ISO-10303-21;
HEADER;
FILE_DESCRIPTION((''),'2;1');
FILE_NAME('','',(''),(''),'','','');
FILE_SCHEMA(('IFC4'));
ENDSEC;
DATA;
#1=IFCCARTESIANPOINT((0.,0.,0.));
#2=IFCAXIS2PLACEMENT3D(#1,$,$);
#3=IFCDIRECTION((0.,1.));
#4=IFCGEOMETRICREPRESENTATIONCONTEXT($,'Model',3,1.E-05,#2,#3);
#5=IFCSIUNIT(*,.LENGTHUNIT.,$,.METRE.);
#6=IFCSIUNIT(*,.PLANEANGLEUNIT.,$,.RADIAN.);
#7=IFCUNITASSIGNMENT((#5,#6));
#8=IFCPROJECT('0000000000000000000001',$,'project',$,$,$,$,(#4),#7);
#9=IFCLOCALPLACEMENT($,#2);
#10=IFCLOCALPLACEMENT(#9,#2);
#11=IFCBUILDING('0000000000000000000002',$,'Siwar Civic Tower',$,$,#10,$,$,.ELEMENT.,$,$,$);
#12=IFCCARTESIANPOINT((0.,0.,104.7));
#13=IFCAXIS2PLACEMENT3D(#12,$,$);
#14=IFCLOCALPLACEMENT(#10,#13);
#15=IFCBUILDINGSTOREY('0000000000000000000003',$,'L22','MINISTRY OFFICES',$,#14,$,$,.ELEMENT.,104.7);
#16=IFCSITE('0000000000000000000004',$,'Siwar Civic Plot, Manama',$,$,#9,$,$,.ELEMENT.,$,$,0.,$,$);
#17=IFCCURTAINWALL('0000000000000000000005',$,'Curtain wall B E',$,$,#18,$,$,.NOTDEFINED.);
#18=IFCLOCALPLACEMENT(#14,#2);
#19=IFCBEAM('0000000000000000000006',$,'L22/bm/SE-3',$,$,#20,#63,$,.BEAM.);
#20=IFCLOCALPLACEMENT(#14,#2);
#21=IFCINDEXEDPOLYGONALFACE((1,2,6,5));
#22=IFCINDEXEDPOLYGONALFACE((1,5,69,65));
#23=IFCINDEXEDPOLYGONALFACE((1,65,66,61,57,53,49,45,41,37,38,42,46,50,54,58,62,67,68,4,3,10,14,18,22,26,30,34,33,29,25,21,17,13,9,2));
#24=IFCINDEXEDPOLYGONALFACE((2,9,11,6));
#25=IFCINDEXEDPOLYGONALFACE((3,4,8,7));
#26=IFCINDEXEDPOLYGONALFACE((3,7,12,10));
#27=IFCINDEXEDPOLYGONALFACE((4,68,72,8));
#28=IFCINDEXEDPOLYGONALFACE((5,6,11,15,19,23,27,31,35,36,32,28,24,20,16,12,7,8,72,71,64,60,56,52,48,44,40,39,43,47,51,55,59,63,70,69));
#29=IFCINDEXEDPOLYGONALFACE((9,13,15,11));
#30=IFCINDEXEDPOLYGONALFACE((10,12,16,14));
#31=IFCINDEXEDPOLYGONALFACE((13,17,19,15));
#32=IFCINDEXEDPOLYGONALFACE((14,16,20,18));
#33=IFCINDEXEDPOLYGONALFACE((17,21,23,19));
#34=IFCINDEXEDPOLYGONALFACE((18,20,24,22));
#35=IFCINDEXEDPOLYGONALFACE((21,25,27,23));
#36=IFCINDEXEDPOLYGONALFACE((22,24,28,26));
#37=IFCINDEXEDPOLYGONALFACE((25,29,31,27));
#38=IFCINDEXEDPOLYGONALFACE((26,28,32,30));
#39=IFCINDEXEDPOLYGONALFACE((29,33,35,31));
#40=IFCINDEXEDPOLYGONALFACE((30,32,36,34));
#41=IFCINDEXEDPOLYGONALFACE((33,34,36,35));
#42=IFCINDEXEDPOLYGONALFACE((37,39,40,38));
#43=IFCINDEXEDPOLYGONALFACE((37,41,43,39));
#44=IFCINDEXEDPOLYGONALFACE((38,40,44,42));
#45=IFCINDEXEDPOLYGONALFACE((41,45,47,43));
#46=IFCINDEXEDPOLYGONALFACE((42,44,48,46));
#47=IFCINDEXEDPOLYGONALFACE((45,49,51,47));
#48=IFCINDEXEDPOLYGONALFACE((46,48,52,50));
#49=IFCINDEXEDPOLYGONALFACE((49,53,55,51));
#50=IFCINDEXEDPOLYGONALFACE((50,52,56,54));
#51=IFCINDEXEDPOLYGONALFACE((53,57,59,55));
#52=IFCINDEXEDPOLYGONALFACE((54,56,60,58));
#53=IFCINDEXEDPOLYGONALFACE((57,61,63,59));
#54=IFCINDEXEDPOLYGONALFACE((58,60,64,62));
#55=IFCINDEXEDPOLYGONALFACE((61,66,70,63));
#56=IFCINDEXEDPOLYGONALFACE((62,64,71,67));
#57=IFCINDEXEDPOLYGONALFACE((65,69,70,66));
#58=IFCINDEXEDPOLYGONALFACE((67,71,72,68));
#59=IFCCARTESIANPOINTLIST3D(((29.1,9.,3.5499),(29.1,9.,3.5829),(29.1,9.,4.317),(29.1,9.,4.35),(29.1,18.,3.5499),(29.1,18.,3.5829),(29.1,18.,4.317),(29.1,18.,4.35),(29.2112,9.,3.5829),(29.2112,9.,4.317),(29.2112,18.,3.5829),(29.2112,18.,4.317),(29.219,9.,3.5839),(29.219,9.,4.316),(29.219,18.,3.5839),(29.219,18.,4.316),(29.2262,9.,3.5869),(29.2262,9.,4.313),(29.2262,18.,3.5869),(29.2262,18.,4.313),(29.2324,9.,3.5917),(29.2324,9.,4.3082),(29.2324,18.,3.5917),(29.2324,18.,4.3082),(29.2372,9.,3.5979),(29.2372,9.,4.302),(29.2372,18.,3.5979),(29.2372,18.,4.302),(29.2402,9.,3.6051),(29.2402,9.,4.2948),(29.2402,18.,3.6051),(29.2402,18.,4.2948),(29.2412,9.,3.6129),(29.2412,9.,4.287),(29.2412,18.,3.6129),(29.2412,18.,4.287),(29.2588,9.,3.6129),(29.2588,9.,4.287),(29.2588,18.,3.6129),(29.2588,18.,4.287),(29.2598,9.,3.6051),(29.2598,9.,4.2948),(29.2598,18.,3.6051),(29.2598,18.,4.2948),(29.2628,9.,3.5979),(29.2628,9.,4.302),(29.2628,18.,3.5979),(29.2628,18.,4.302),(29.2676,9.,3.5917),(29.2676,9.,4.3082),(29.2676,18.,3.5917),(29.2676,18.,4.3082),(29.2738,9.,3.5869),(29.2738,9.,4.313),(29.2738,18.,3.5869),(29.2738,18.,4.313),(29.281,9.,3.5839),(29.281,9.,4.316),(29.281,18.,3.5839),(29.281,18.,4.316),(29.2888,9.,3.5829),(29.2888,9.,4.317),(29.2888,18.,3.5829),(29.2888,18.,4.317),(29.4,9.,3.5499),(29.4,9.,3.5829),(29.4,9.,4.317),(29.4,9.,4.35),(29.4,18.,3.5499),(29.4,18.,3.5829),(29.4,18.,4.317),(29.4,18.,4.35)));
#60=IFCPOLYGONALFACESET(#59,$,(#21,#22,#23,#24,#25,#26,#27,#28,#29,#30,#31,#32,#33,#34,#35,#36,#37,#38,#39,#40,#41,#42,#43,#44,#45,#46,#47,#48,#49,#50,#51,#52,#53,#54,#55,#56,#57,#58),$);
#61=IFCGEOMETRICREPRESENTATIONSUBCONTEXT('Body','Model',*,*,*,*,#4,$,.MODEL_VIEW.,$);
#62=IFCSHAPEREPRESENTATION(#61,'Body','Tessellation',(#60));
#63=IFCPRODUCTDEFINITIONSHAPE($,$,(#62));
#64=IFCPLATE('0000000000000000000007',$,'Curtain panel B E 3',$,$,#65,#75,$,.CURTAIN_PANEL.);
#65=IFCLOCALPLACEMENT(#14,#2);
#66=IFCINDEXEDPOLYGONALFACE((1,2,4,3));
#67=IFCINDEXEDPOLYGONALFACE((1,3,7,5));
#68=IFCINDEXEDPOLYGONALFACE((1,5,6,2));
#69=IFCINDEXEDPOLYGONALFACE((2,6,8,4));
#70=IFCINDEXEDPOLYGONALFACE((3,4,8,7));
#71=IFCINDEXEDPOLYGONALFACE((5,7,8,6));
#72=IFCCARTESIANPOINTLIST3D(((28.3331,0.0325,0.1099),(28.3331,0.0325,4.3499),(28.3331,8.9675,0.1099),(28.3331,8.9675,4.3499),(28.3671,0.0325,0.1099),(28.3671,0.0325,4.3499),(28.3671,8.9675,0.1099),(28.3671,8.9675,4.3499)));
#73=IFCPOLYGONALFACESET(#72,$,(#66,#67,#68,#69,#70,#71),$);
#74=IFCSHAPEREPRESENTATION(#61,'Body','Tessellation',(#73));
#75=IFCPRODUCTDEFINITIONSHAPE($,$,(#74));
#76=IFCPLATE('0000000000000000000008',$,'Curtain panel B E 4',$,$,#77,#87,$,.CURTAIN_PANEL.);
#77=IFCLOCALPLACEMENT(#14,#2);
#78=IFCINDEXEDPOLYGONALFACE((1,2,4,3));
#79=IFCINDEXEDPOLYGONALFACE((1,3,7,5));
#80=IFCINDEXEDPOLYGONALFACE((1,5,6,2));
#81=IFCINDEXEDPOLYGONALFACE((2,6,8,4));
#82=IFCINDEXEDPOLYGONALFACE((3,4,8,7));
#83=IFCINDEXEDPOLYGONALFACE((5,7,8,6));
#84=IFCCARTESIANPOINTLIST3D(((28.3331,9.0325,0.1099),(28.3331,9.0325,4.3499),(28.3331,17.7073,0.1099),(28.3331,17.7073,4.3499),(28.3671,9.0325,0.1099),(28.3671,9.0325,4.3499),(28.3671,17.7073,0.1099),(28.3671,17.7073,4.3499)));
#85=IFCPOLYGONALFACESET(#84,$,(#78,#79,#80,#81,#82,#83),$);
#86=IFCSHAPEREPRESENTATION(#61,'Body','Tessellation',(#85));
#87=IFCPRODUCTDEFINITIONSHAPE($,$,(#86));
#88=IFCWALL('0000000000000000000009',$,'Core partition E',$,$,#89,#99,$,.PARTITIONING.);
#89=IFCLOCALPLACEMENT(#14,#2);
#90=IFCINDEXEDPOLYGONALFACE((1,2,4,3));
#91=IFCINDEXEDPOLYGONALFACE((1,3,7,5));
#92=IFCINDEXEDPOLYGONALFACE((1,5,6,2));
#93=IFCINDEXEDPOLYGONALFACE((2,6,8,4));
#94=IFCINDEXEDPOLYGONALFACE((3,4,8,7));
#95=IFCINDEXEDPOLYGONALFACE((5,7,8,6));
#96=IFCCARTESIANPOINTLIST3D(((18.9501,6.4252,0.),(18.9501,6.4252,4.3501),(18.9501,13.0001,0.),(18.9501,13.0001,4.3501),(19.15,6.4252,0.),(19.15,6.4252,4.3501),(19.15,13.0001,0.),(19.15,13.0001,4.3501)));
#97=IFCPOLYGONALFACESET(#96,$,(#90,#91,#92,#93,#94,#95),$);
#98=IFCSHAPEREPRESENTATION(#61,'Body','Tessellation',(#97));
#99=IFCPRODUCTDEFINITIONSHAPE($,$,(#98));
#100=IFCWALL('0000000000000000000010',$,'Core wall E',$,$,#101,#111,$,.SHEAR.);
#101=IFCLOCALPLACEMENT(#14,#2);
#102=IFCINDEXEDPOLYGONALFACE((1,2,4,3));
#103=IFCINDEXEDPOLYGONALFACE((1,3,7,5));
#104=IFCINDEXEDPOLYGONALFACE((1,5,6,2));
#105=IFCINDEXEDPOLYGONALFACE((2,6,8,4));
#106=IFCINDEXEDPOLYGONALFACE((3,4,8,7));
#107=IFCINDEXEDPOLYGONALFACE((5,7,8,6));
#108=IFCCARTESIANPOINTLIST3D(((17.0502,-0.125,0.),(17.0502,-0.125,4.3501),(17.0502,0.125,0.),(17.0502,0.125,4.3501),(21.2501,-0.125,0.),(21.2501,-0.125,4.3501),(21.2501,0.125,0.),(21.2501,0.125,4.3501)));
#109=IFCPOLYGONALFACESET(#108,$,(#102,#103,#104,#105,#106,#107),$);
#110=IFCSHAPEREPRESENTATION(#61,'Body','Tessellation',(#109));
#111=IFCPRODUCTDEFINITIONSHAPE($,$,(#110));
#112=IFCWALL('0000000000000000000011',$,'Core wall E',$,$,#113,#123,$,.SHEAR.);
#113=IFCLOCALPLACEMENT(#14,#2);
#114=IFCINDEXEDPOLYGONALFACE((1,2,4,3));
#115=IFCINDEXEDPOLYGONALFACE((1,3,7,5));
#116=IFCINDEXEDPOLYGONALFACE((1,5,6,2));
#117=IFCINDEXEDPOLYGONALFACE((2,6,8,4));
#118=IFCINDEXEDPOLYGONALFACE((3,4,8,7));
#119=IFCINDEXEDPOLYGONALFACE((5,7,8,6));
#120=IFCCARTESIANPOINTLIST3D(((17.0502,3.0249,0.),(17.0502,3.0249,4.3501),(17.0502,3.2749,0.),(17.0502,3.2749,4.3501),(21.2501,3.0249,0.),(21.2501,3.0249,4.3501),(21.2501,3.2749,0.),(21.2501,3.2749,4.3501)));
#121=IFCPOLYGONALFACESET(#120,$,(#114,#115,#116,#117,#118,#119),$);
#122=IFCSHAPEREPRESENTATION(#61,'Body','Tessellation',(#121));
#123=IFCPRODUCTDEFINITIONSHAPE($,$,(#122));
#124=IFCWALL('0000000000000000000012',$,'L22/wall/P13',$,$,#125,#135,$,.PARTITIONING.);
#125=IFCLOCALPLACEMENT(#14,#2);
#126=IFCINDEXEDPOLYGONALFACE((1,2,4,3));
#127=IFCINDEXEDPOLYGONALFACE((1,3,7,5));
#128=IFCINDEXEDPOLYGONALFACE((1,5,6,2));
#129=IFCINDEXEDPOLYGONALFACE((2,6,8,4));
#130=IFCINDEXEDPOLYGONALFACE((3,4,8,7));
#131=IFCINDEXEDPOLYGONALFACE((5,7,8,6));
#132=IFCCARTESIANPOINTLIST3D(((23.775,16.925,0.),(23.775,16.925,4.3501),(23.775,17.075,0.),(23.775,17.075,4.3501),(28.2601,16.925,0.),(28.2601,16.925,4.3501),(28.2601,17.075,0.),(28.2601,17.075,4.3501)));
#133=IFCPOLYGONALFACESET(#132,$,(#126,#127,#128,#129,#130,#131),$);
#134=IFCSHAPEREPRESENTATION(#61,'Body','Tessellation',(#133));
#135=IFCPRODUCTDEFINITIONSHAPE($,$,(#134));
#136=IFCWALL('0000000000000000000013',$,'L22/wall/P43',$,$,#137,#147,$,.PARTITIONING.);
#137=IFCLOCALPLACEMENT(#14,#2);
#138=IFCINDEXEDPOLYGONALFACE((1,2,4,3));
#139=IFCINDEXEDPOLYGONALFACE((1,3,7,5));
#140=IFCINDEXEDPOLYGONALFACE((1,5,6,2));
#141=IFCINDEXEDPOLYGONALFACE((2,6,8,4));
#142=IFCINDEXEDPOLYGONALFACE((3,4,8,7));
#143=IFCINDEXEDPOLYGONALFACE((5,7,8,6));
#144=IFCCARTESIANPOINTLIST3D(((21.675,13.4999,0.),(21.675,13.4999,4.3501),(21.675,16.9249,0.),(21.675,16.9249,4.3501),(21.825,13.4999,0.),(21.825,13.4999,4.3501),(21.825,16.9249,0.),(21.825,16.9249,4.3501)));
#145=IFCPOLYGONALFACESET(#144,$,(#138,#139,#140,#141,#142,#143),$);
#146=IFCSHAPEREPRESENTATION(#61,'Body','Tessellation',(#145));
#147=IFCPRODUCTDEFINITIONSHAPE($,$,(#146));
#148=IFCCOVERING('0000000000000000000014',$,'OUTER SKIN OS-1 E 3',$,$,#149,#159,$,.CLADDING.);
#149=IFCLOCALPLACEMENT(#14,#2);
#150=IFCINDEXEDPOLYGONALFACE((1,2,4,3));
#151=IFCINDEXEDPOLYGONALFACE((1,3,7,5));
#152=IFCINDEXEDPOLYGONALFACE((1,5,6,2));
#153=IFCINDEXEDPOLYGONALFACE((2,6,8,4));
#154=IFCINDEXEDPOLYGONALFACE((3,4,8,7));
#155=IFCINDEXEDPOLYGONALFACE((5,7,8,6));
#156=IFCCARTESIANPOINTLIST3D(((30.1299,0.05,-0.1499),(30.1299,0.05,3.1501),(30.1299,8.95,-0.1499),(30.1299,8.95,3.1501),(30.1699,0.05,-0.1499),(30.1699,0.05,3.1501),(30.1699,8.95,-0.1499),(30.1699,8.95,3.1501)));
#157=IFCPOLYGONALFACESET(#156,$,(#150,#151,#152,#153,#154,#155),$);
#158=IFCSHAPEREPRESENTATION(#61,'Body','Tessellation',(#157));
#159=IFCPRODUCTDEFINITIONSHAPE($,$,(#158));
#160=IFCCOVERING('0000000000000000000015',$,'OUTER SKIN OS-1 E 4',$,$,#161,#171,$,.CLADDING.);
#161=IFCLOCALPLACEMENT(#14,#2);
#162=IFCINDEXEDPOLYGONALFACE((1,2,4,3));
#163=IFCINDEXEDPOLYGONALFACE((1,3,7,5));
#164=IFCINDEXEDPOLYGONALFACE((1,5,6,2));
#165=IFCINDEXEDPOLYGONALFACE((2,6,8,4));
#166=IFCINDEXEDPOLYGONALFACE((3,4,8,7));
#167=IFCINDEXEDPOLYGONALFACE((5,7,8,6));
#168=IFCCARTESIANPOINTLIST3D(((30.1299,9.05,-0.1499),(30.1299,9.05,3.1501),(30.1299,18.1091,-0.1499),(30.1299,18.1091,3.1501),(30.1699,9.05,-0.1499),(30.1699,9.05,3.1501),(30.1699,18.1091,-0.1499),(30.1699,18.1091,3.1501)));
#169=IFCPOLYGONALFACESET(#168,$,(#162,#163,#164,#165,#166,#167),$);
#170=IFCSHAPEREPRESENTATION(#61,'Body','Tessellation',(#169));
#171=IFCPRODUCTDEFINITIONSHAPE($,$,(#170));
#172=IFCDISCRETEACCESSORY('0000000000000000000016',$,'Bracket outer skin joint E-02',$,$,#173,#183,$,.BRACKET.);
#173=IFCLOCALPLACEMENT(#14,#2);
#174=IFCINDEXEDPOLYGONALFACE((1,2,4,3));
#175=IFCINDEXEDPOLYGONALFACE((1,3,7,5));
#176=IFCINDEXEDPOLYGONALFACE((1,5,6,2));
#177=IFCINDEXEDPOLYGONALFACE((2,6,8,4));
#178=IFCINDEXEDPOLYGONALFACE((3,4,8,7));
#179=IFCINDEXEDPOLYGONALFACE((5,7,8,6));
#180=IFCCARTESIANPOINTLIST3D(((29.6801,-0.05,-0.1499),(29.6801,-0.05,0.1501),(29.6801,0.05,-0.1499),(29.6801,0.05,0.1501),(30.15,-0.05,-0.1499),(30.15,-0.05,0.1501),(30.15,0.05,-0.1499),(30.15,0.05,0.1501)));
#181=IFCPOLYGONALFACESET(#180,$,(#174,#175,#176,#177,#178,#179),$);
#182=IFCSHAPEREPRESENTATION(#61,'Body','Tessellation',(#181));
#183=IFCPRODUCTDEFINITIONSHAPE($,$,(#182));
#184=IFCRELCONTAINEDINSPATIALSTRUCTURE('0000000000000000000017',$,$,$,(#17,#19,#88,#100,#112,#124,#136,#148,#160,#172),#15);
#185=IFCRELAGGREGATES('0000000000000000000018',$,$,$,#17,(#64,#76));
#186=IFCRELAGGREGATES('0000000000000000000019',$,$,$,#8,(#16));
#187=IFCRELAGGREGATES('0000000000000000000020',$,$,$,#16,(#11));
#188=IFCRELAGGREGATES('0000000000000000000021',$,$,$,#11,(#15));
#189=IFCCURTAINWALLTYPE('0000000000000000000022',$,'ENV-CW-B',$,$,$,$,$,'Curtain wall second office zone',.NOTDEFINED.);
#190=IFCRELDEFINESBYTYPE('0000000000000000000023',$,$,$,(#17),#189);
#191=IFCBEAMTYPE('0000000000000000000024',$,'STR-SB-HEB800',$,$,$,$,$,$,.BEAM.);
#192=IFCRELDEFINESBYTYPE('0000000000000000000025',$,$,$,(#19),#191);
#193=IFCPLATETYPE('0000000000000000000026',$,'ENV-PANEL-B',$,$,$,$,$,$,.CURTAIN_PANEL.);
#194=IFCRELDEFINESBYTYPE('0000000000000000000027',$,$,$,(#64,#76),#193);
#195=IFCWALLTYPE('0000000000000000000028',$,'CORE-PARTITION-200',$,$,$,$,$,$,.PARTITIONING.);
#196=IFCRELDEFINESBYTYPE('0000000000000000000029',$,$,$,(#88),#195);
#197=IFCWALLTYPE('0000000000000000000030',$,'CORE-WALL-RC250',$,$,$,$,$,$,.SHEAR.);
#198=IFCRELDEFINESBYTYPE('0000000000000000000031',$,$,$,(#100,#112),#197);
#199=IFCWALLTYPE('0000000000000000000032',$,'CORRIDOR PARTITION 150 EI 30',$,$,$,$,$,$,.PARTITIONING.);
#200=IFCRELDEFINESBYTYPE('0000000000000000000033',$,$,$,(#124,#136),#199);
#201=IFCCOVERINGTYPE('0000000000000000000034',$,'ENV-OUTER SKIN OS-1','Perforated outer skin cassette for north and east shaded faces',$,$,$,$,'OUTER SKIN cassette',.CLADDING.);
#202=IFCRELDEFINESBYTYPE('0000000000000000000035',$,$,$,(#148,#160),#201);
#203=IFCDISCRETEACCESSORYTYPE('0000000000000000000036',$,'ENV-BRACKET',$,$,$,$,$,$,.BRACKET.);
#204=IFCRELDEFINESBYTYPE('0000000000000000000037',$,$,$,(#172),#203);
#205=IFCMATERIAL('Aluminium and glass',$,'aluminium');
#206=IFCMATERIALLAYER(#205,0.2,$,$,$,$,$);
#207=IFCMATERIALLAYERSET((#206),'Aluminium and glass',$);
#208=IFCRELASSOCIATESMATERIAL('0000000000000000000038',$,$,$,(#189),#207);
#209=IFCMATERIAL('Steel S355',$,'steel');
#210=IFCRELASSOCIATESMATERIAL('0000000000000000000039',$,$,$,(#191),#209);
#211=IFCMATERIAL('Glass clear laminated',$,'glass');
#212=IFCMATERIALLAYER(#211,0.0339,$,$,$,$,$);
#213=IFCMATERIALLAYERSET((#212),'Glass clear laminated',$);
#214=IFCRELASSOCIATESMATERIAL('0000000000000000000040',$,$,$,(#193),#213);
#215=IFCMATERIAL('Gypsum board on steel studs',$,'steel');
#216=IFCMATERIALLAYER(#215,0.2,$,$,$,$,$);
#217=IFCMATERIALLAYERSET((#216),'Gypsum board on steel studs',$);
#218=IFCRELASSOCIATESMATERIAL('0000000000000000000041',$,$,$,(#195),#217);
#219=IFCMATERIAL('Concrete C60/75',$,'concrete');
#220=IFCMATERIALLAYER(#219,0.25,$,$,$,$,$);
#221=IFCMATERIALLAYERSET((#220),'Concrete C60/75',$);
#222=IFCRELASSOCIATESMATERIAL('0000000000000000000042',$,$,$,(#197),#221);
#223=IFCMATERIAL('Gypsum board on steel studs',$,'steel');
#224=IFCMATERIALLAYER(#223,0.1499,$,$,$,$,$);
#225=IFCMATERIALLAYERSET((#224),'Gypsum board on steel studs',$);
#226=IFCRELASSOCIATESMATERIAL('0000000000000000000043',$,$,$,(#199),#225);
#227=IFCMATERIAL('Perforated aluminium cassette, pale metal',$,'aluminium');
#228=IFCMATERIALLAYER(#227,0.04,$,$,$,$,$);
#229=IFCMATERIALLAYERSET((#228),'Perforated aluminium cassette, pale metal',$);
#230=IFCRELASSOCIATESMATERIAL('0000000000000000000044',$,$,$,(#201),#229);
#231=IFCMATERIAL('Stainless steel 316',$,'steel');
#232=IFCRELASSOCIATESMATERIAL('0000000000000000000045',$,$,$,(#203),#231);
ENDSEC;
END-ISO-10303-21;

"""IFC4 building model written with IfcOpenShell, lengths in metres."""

from ifc_helpers import new_model, si_unit, direction, frame, frame_2d, origin, origin_2d, place, context, subcontext, project, spatial, rectangle, i_section, extrude, material, layer, layer_set, material_profile, profile_set, type_object, element, aggregate, save


model = new_model("IFC4")

# Units and contexts
model_context = context("Model", 3, precision=1e-05, world=origin(), true_north=direction((0.0, 1.0)))
body_context = subcontext(model_context, "Body", "Model", "MODEL_VIEW")
ifc_project = project(units=[si_unit("LENGTHUNIT", "METRE"), si_unit("PLANEANGLEUNIT", "RADIAN")], contexts=[model_context])

# Site, building, storey
site_placement = place(None, origin())
site = spatial("IfcSite", under=ifc_project, at=site_placement, Name="Siwar Civic Plot, Manama", CompositionType="ELEMENT", RefElevation=0.0)
building_placement = place(site_placement, origin())
building = spatial("IfcBuilding", under=site, at=building_placement, Name="Siwar Civic Tower", CompositionType="ELEMENT")
storey_placement = place(building_placement, frame((0.0, 0.0, 104.7)))
storey = spatial("IfcBuildingStorey", under=building, at=storey_placement, Name="L22", Description="MINISTRY OFFICES", CompositionType="ELEMENT", Elevation=104.7)

# Curtain wall
ifc_material_1 = material(Name="Aluminium and glass", Category="aluminium")
ifc_layer_1 = layer(ifc_material_1, 0.2)
ifc_layer_set_1 = layer_set([ifc_layer_1], Name="Aluminium and glass")
curtain_wall_type_1 = type_object("IfcCurtainWallType", Name="ENV-CW-B", ElementType="Curtain wall second office zone", PredefinedType="NOTDEFINED", material=ifc_layer_set_1)
curtain_wall_1_placement = place(storey_placement, origin())
curtain_wall_1 = element("IfcCurtainWall", 1, at=curtain_wall_1_placement, inside=storey, type_object=curtain_wall_type_1, Name="Curtain wall B E", PredefinedType="NOTDEFINED")

# Beam
ifc_material_2 = material(Name="Steel S355", Category="steel")
ifc_material_profile_1 = material_profile(ifc_material_2, i_section(OverallWidth=0.3, OverallDepth=0.8, WebThickness=0.0176, FlangeThickness=0.033, FilletRadius=0.03, at=origin_2d()), Name="HEB800")
ifc_profile_set_1 = profile_set([ifc_material_profile_1], Name="Steel S355")
beam_type_1 = type_object("IfcBeamType", Name="STR-SB-HEB800", PredefinedType="BEAM", material=ifc_profile_set_1)
for number, where, z_axis, x_axis, name in (
    (2, (29.25, 9.0, 3.95), (0.0, 1.0, 0.0), (-1.0, 0.0, 0.0), "L22/bm/SE-3"),
):
    element("IfcBeam", number, at=place(storey_placement, frame(where, z_axis=z_axis, x_axis=x_axis)), inside=storey, type_object=beam_type_1, Name=name, PredefinedType="BEAM", context=body_context, shape_type="SweptSolid", body=[
        extrude(i_section(OverallWidth=0.3, OverallDepth=0.8, WebThickness=0.0176, FlangeThickness=0.033, FilletRadius=0.03, at=origin_2d()), origin(), (0.0, 0.0, 1.0), 9.0),
    ])

# Plates
ifc_material_3 = material(Name="Glass clear laminated", Category="glass")
ifc_layer_2 = layer(ifc_material_3, 0.0339)
ifc_layer_set_2 = layer_set([ifc_layer_2], Name="Glass clear laminated")
plate_type = type_object("IfcPlateType", Name="ENV-PANEL-B", PredefinedType="CURTAIN_PANEL", material=ifc_layer_set_2)
plate_1_placement = place(storey_placement, frame((28.3501, 4.5, 0.1099), z_axis=(0.0, 0.0, 1.0), x_axis=(0.0, 1.0, 0.0)))
plate_1 = element("IfcPlate", 3, at=plate_1_placement, type_object=plate_type, Name="Curtain panel B E 3", PredefinedType="CURTAIN_PANEL", context=body_context, shape_type="SweptSolid", body=[
    extrude(rectangle(XDim=8.9351, YDim=0.0339, at=origin_2d()), origin(), (0.0, 0.0, 1.0), 4.24),
])
plate_2_placement = place(storey_placement, frame((28.3501, 13.3699, 0.1099), z_axis=(0.0, 0.0, 1.0), x_axis=(0.0, 1.0, 0.0)))
plate_2 = element("IfcPlate", 4, at=plate_2_placement, type_object=plate_type, Name="Curtain panel B E 4", PredefinedType="CURTAIN_PANEL", context=body_context, shape_type="SweptSolid", body=[
    extrude(rectangle(XDim=8.6748, YDim=0.0339, at=origin_2d()), origin(), (0.0, 0.0, 1.0), 4.24),
])
aggregate(curtain_wall_1, [plate_1, plate_2])

# Walls
ifc_material_4 = material(Name="Gypsum board on steel studs", Category="steel")
ifc_layer_3 = layer(ifc_material_4, 0.2)
ifc_layer_set_3 = layer_set([ifc_layer_3], Name="Gypsum board on steel studs")
wall_type_1 = type_object("IfcWallType", Name="CORE-PARTITION-200", PredefinedType="PARTITIONING", material=ifc_layer_set_3)
wall_1_placement = place(storey_placement, frame((19.05, 6.425, 0.0), z_axis=(0.0, 0.0, 1.0), x_axis=(0.0, 1.0, 0.0)))
element("IfcWall", 5, at=wall_1_placement, inside=storey, type_object=wall_type_1, Name="Core partition E", PredefinedType="PARTITIONING", context=body_context, shape_type="SweptSolid", body=[
    extrude(rectangle(XDim=6.575, YDim=0.2, at=frame_2d((3.2876, 0.0))), origin(), (0.0, 0.0, 1.0), 4.3501),
])
ifc_material_5 = material(Name="Concrete C60/75", Category="concrete")
ifc_layer_4 = layer(ifc_material_5, 0.25)
ifc_layer_set_4 = layer_set([ifc_layer_4], Name="Concrete C60/75")
wall_type_2 = type_object("IfcWallType", Name="CORE-WALL-RC250", PredefinedType="SHEAR", material=ifc_layer_set_4)
for number, where, z_axis, x_axis, name in (
    (6, (17.05, 0.0, 0.0), (0.0, 0.0, 1.0), (1.0, 0.0, 0.0), "Core wall E"),
    (7, (17.05, 3.1499, 0.0), (0.0, 0.0, 1.0), (1.0, 0.0, 0.0), "Core wall E"),
):
    element("IfcWall", number, at=place(storey_placement, frame(where, z_axis=z_axis, x_axis=x_axis)), inside=storey, type_object=wall_type_2, Name=name, PredefinedType="SHEAR", context=body_context, shape_type="SweptSolid", body=[
        extrude(rectangle(XDim=4.2, YDim=0.25, at=frame_2d((2.1001, 0.0))), origin(), (0.0, 0.0, 1.0), 4.3501),
    ])
ifc_material_6 = material(Name="Gypsum board on steel studs", Category="steel")
ifc_layer_5 = layer(ifc_material_6, 0.1499)
ifc_layer_set_5 = layer_set([ifc_layer_5], Name="Gypsum board on steel studs")
wall_type_3 = type_object("IfcWallType", Name="CORRIDOR PARTITION 150 EI 30", PredefinedType="PARTITIONING", material=ifc_layer_set_5)
wall_2_placement = place(storey_placement, frame((23.7749, 17.0, 0.0), z_axis=(0.0, 0.0, 1.0), x_axis=(1.0, 0.0, 0.0)))
element("IfcWall", 8, at=wall_2_placement, inside=storey, type_object=wall_type_3, Name="L22/wall/P13", PredefinedType="PARTITIONING", context=body_context, shape_type="SweptSolid", body=[
    extrude(rectangle(XDim=4.4851, YDim=0.1499, at=frame_2d((2.2427, 0.0))), origin(), (0.0, 0.0, 1.0), 4.3501),
])
wall_3_placement = place(storey_placement, frame((21.75, 13.5, 0.0), z_axis=(0.0, 0.0, 1.0), x_axis=(0.0, 1.0, 0.0)))
element("IfcWall", 9, at=wall_3_placement, inside=storey, type_object=wall_type_3, Name="L22/wall/P43", PredefinedType="PARTITIONING", context=body_context, shape_type="SweptSolid", body=[
    extrude(rectangle(XDim=3.425, YDim=0.1499, at=frame_2d((1.7124, 0.0))), origin(), (0.0, 0.0, 1.0), 4.3501),
])

# Coverings
ifc_material_7 = material(Name="Perforated aluminium cassette, pale metal", Category="aluminium")
ifc_layer_6 = layer(ifc_material_7, 0.04)
ifc_layer_set_6 = layer_set([ifc_layer_6], Name="Perforated aluminium cassette, pale metal")
covering_type = type_object("IfcCoveringType", Name="ENV-OUTER SKIN OS-1", Description="Perforated outer skin cassette for north and east shaded faces", ElementType="OUTER SKIN cassette", PredefinedType="CLADDING", material=ifc_layer_set_6)
covering_1_placement = place(storey_placement, frame((30.1499, 4.5, -0.1499), z_axis=(0.0, 0.0, 1.0), x_axis=(0.0, 1.0, 0.0)))
element("IfcCovering", 10, at=covering_1_placement, inside=storey, type_object=covering_type, Name="OUTER SKIN OS-1 E 3", PredefinedType="CLADDING", context=body_context, shape_type="SweptSolid", body=[
    extrude(rectangle(XDim=8.8999, YDim=0.04, at=origin_2d()), origin(), (0.0, 0.0, 1.0), 3.3),
])
covering_2_placement = place(storey_placement, frame((30.1499, 13.5796, -0.1499), z_axis=(0.0, 0.0, 1.0), x_axis=(0.0, 1.0, 0.0)))
element("IfcCovering", 11, at=covering_2_placement, inside=storey, type_object=covering_type, Name="OUTER SKIN OS-1 E 4", PredefinedType="CLADDING", context=body_context, shape_type="SweptSolid", body=[
    extrude(rectangle(XDim=9.0591, YDim=0.04, at=origin_2d()), origin(), (0.0, 0.0, 1.0), 3.3),
])

# Discrete accessory
ifc_material_8 = material(Name="Stainless steel 316", Category="steel")
discrete_accessory_type = type_object("IfcDiscreteAccessoryType", Name="ENV-BRACKET", PredefinedType="BRACKET", material=ifc_material_8)
for number, where, z_axis, x_axis, name in (
    (12, (29.915, 0.0, -0.1499), (0.0, 0.0, 1.0), (1.0, 0.0, 0.0), "Bracket outer skin joint E-02"),
):
    element("IfcDiscreteAccessory", number, at=place(storey_placement, frame(where, z_axis=z_axis, x_axis=x_axis)), inside=storey, type_object=discrete_accessory_type, Name=name, PredefinedType="BRACKET", context=body_context, shape_type="SweptSolid", body=[
        extrude(rectangle(XDim=0.47, YDim=0.1001, at=origin_2d()), origin(), (0.0, 0.0, 1.0), 0.3),
    ])

save(model, "model.ifc")
